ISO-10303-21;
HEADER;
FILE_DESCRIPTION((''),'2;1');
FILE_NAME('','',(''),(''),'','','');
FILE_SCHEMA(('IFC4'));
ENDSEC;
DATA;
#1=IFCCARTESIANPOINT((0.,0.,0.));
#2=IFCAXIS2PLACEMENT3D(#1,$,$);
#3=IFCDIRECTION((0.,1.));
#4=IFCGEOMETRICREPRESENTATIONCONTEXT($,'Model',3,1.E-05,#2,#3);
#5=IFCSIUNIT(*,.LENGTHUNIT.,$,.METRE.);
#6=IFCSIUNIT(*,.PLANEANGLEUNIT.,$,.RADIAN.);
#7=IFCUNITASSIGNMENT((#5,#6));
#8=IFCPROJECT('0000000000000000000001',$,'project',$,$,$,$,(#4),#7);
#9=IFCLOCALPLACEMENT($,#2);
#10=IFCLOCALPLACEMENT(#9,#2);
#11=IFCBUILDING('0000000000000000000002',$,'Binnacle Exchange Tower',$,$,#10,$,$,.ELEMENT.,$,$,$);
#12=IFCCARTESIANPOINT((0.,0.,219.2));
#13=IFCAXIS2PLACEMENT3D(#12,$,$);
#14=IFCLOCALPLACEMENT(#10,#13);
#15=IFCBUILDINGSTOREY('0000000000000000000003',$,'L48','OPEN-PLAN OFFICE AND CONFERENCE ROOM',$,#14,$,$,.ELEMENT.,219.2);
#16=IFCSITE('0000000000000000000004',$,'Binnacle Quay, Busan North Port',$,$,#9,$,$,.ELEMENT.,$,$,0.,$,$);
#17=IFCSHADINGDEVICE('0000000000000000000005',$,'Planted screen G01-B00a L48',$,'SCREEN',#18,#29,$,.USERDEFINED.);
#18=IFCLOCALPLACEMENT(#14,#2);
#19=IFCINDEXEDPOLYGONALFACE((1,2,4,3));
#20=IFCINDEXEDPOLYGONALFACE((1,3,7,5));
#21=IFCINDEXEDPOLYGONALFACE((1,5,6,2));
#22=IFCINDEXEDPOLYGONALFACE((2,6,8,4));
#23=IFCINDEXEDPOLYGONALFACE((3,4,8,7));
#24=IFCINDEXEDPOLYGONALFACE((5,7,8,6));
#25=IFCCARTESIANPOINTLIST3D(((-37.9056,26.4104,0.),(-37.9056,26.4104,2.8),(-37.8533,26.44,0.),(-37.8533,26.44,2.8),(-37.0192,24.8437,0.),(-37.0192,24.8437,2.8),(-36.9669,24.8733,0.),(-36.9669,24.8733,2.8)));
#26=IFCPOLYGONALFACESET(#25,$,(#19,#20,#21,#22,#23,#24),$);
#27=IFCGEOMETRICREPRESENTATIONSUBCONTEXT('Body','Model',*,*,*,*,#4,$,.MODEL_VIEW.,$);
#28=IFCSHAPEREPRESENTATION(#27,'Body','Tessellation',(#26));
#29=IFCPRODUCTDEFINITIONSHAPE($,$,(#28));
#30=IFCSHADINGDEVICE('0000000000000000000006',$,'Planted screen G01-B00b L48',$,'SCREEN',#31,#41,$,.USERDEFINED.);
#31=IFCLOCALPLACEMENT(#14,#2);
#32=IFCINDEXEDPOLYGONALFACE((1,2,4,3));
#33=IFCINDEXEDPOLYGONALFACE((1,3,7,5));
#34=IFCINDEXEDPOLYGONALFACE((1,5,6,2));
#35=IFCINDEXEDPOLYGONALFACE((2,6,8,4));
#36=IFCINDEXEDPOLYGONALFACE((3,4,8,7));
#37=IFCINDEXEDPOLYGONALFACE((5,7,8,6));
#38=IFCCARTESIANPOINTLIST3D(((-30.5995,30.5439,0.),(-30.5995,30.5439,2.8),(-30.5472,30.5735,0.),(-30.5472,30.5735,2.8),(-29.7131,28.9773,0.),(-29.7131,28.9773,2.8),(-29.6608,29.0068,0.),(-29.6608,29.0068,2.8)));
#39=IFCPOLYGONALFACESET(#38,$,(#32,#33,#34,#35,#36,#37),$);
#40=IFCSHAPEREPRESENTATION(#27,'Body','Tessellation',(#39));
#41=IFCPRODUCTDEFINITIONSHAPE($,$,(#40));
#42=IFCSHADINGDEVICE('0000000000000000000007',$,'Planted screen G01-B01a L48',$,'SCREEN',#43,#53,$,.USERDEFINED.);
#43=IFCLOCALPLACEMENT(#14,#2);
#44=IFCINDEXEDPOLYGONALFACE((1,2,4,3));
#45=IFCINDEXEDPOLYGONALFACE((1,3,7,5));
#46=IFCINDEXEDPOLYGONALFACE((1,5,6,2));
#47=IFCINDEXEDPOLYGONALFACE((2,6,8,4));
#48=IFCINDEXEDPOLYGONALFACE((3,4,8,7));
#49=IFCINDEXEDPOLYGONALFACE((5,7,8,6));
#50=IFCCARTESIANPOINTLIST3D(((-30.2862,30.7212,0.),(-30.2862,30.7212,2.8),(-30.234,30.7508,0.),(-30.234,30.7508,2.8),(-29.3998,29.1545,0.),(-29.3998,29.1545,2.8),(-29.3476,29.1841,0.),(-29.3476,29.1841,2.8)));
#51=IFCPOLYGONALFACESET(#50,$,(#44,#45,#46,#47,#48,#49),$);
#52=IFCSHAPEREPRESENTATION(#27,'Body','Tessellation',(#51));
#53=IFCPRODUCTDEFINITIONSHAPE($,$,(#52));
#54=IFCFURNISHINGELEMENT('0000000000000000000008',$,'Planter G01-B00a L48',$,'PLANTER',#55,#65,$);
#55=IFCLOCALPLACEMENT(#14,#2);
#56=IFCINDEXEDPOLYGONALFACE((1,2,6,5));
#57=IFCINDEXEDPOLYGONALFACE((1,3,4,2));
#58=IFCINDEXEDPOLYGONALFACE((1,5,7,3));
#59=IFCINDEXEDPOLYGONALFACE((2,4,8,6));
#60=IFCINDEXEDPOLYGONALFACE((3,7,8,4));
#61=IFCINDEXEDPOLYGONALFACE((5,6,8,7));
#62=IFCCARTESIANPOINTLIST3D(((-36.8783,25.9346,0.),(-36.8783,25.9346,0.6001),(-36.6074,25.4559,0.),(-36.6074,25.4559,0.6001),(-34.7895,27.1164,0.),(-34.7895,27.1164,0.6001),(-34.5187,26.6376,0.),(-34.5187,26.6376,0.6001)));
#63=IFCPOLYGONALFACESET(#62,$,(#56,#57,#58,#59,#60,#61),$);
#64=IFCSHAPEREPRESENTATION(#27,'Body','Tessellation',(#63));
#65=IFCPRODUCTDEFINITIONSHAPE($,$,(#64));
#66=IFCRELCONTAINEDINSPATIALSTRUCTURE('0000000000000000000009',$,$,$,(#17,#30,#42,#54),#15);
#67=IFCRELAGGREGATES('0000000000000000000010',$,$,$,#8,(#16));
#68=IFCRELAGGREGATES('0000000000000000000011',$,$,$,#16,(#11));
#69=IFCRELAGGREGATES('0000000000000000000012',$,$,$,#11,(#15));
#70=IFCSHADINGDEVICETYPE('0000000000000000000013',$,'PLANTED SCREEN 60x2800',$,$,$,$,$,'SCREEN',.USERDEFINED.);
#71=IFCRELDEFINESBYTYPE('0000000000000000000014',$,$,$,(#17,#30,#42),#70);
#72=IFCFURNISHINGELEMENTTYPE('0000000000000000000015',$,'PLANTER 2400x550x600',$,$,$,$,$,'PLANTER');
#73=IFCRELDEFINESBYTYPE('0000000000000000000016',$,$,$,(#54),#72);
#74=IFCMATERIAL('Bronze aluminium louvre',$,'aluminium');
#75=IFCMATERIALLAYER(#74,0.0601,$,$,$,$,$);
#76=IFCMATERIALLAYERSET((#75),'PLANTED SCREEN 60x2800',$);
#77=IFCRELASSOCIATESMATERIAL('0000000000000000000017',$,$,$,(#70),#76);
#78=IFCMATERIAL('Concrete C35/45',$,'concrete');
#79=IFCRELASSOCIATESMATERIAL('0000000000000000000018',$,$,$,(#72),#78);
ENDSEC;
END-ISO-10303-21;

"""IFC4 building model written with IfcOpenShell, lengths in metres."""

from ifc_helpers import new_model, si_unit, direction, frame, origin, origin_2d, place, context, subcontext, project, spatial, rectangle, extrude, material, layer, layer_set, type_object, element, save


model = new_model("IFC4")

# Units and contexts
model_context = context("Model", 3, precision=1e-05, world=origin(), true_north=direction((0.0, 1.0)))
body_context = subcontext(model_context, "Body", "Model", "MODEL_VIEW")
ifc_project = project(units=[si_unit("LENGTHUNIT", "METRE"), si_unit("PLANEANGLEUNIT", "RADIAN")], contexts=[model_context])

# Site, building, storey
site_placement = place(None, origin())
site = spatial("IfcSite", under=ifc_project, at=site_placement, Name="Binnacle Quay, Busan North Port", CompositionType="ELEMENT", RefElevation=0.0)
building_placement = place(site_placement, origin())
building = spatial("IfcBuilding", under=site, at=building_placement, Name="Binnacle Exchange Tower", CompositionType="ELEMENT")
storey_placement = place(building_placement, frame((0.0, 0.0, 219.2)))
storey = spatial("IfcBuildingStorey", under=building, at=storey_placement, Name="L48", Description="OPEN-PLAN OFFICE AND CONFERENCE ROOM", CompositionType="ELEMENT", Elevation=219.2)

# Shared definitions
ifc_material_1 = material(Name="Concrete C35/45", Category="concrete")

# Shading devices
ifc_material_2 = material(Name="Bronze aluminium louvre", Category="aluminium")
ifc_layer_1 = layer(ifc_material_2, 0.0601)
ifc_layer_set_1 = layer_set([ifc_layer_1], Name="PLANTED SCREEN 60x2800")
shading_device_type = type_object("IfcShadingDeviceType", Name="PLANTED SCREEN 60x2800", ElementType="SCREEN", PredefinedType="USERDEFINED", material=ifc_layer_set_1)
for number, where, z_axis, x_axis, name in (
    (1, (-37.4363, 25.6418, 0.0), (0.0, 0.0, 1.0), (0.870356, 0.492424, 0.0), "Planted screen G01-B00a L48"),
    (2, (-30.1301, 29.7754, 0.0), (0.0, 0.0, 1.0), (0.870356, 0.492424, 0.0), "Planted screen G01-B00b L48"),
    (3, (-29.8169, 29.9526, 0.0), (0.0, 0.0, 1.0), (0.870356, 0.492424, 0.0), "Planted screen G01-B01a L48"),
):
    element("IfcShadingDevice", number, at=place(storey_placement, frame(where, z_axis=z_axis, x_axis=x_axis)), inside=storey, type_object=shading_device_type, Name=name, ObjectType="SCREEN", PredefinedType="USERDEFINED", context=body_context, shape_type="SweptSolid", body=[
        extrude(rectangle(XDim=0.0601, YDim=1.8, at=origin_2d()), origin(), (0.0, 0.0, 1.0), 2.8),
    ])

# Furnishing element
furnishing_element_type = type_object("IfcFurnishingElementType", Name="PLANTER 2400x550x600", ElementType="PLANTER", material=ifc_material_1)
furnishing_placement = place(storey_placement, frame((-35.6985, 26.2861, 0.0), z_axis=(0.0, 0.0, 1.0), x_axis=(0.870356, 0.492424, 0.0)))
element("IfcFurnishingElement", 4, at=furnishing_placement, inside=storey, type_object=furnishing_element_type, Name="Planter G01-B00a L48", ObjectType="PLANTER", context=body_context, shape_type="SweptSolid", body=[
    extrude(rectangle(XDim=2.3999, YDim=0.55, at=origin_2d()), origin(), (0.0, 0.0, 1.0), 0.6001),
])

save(model, "model.ifc")
